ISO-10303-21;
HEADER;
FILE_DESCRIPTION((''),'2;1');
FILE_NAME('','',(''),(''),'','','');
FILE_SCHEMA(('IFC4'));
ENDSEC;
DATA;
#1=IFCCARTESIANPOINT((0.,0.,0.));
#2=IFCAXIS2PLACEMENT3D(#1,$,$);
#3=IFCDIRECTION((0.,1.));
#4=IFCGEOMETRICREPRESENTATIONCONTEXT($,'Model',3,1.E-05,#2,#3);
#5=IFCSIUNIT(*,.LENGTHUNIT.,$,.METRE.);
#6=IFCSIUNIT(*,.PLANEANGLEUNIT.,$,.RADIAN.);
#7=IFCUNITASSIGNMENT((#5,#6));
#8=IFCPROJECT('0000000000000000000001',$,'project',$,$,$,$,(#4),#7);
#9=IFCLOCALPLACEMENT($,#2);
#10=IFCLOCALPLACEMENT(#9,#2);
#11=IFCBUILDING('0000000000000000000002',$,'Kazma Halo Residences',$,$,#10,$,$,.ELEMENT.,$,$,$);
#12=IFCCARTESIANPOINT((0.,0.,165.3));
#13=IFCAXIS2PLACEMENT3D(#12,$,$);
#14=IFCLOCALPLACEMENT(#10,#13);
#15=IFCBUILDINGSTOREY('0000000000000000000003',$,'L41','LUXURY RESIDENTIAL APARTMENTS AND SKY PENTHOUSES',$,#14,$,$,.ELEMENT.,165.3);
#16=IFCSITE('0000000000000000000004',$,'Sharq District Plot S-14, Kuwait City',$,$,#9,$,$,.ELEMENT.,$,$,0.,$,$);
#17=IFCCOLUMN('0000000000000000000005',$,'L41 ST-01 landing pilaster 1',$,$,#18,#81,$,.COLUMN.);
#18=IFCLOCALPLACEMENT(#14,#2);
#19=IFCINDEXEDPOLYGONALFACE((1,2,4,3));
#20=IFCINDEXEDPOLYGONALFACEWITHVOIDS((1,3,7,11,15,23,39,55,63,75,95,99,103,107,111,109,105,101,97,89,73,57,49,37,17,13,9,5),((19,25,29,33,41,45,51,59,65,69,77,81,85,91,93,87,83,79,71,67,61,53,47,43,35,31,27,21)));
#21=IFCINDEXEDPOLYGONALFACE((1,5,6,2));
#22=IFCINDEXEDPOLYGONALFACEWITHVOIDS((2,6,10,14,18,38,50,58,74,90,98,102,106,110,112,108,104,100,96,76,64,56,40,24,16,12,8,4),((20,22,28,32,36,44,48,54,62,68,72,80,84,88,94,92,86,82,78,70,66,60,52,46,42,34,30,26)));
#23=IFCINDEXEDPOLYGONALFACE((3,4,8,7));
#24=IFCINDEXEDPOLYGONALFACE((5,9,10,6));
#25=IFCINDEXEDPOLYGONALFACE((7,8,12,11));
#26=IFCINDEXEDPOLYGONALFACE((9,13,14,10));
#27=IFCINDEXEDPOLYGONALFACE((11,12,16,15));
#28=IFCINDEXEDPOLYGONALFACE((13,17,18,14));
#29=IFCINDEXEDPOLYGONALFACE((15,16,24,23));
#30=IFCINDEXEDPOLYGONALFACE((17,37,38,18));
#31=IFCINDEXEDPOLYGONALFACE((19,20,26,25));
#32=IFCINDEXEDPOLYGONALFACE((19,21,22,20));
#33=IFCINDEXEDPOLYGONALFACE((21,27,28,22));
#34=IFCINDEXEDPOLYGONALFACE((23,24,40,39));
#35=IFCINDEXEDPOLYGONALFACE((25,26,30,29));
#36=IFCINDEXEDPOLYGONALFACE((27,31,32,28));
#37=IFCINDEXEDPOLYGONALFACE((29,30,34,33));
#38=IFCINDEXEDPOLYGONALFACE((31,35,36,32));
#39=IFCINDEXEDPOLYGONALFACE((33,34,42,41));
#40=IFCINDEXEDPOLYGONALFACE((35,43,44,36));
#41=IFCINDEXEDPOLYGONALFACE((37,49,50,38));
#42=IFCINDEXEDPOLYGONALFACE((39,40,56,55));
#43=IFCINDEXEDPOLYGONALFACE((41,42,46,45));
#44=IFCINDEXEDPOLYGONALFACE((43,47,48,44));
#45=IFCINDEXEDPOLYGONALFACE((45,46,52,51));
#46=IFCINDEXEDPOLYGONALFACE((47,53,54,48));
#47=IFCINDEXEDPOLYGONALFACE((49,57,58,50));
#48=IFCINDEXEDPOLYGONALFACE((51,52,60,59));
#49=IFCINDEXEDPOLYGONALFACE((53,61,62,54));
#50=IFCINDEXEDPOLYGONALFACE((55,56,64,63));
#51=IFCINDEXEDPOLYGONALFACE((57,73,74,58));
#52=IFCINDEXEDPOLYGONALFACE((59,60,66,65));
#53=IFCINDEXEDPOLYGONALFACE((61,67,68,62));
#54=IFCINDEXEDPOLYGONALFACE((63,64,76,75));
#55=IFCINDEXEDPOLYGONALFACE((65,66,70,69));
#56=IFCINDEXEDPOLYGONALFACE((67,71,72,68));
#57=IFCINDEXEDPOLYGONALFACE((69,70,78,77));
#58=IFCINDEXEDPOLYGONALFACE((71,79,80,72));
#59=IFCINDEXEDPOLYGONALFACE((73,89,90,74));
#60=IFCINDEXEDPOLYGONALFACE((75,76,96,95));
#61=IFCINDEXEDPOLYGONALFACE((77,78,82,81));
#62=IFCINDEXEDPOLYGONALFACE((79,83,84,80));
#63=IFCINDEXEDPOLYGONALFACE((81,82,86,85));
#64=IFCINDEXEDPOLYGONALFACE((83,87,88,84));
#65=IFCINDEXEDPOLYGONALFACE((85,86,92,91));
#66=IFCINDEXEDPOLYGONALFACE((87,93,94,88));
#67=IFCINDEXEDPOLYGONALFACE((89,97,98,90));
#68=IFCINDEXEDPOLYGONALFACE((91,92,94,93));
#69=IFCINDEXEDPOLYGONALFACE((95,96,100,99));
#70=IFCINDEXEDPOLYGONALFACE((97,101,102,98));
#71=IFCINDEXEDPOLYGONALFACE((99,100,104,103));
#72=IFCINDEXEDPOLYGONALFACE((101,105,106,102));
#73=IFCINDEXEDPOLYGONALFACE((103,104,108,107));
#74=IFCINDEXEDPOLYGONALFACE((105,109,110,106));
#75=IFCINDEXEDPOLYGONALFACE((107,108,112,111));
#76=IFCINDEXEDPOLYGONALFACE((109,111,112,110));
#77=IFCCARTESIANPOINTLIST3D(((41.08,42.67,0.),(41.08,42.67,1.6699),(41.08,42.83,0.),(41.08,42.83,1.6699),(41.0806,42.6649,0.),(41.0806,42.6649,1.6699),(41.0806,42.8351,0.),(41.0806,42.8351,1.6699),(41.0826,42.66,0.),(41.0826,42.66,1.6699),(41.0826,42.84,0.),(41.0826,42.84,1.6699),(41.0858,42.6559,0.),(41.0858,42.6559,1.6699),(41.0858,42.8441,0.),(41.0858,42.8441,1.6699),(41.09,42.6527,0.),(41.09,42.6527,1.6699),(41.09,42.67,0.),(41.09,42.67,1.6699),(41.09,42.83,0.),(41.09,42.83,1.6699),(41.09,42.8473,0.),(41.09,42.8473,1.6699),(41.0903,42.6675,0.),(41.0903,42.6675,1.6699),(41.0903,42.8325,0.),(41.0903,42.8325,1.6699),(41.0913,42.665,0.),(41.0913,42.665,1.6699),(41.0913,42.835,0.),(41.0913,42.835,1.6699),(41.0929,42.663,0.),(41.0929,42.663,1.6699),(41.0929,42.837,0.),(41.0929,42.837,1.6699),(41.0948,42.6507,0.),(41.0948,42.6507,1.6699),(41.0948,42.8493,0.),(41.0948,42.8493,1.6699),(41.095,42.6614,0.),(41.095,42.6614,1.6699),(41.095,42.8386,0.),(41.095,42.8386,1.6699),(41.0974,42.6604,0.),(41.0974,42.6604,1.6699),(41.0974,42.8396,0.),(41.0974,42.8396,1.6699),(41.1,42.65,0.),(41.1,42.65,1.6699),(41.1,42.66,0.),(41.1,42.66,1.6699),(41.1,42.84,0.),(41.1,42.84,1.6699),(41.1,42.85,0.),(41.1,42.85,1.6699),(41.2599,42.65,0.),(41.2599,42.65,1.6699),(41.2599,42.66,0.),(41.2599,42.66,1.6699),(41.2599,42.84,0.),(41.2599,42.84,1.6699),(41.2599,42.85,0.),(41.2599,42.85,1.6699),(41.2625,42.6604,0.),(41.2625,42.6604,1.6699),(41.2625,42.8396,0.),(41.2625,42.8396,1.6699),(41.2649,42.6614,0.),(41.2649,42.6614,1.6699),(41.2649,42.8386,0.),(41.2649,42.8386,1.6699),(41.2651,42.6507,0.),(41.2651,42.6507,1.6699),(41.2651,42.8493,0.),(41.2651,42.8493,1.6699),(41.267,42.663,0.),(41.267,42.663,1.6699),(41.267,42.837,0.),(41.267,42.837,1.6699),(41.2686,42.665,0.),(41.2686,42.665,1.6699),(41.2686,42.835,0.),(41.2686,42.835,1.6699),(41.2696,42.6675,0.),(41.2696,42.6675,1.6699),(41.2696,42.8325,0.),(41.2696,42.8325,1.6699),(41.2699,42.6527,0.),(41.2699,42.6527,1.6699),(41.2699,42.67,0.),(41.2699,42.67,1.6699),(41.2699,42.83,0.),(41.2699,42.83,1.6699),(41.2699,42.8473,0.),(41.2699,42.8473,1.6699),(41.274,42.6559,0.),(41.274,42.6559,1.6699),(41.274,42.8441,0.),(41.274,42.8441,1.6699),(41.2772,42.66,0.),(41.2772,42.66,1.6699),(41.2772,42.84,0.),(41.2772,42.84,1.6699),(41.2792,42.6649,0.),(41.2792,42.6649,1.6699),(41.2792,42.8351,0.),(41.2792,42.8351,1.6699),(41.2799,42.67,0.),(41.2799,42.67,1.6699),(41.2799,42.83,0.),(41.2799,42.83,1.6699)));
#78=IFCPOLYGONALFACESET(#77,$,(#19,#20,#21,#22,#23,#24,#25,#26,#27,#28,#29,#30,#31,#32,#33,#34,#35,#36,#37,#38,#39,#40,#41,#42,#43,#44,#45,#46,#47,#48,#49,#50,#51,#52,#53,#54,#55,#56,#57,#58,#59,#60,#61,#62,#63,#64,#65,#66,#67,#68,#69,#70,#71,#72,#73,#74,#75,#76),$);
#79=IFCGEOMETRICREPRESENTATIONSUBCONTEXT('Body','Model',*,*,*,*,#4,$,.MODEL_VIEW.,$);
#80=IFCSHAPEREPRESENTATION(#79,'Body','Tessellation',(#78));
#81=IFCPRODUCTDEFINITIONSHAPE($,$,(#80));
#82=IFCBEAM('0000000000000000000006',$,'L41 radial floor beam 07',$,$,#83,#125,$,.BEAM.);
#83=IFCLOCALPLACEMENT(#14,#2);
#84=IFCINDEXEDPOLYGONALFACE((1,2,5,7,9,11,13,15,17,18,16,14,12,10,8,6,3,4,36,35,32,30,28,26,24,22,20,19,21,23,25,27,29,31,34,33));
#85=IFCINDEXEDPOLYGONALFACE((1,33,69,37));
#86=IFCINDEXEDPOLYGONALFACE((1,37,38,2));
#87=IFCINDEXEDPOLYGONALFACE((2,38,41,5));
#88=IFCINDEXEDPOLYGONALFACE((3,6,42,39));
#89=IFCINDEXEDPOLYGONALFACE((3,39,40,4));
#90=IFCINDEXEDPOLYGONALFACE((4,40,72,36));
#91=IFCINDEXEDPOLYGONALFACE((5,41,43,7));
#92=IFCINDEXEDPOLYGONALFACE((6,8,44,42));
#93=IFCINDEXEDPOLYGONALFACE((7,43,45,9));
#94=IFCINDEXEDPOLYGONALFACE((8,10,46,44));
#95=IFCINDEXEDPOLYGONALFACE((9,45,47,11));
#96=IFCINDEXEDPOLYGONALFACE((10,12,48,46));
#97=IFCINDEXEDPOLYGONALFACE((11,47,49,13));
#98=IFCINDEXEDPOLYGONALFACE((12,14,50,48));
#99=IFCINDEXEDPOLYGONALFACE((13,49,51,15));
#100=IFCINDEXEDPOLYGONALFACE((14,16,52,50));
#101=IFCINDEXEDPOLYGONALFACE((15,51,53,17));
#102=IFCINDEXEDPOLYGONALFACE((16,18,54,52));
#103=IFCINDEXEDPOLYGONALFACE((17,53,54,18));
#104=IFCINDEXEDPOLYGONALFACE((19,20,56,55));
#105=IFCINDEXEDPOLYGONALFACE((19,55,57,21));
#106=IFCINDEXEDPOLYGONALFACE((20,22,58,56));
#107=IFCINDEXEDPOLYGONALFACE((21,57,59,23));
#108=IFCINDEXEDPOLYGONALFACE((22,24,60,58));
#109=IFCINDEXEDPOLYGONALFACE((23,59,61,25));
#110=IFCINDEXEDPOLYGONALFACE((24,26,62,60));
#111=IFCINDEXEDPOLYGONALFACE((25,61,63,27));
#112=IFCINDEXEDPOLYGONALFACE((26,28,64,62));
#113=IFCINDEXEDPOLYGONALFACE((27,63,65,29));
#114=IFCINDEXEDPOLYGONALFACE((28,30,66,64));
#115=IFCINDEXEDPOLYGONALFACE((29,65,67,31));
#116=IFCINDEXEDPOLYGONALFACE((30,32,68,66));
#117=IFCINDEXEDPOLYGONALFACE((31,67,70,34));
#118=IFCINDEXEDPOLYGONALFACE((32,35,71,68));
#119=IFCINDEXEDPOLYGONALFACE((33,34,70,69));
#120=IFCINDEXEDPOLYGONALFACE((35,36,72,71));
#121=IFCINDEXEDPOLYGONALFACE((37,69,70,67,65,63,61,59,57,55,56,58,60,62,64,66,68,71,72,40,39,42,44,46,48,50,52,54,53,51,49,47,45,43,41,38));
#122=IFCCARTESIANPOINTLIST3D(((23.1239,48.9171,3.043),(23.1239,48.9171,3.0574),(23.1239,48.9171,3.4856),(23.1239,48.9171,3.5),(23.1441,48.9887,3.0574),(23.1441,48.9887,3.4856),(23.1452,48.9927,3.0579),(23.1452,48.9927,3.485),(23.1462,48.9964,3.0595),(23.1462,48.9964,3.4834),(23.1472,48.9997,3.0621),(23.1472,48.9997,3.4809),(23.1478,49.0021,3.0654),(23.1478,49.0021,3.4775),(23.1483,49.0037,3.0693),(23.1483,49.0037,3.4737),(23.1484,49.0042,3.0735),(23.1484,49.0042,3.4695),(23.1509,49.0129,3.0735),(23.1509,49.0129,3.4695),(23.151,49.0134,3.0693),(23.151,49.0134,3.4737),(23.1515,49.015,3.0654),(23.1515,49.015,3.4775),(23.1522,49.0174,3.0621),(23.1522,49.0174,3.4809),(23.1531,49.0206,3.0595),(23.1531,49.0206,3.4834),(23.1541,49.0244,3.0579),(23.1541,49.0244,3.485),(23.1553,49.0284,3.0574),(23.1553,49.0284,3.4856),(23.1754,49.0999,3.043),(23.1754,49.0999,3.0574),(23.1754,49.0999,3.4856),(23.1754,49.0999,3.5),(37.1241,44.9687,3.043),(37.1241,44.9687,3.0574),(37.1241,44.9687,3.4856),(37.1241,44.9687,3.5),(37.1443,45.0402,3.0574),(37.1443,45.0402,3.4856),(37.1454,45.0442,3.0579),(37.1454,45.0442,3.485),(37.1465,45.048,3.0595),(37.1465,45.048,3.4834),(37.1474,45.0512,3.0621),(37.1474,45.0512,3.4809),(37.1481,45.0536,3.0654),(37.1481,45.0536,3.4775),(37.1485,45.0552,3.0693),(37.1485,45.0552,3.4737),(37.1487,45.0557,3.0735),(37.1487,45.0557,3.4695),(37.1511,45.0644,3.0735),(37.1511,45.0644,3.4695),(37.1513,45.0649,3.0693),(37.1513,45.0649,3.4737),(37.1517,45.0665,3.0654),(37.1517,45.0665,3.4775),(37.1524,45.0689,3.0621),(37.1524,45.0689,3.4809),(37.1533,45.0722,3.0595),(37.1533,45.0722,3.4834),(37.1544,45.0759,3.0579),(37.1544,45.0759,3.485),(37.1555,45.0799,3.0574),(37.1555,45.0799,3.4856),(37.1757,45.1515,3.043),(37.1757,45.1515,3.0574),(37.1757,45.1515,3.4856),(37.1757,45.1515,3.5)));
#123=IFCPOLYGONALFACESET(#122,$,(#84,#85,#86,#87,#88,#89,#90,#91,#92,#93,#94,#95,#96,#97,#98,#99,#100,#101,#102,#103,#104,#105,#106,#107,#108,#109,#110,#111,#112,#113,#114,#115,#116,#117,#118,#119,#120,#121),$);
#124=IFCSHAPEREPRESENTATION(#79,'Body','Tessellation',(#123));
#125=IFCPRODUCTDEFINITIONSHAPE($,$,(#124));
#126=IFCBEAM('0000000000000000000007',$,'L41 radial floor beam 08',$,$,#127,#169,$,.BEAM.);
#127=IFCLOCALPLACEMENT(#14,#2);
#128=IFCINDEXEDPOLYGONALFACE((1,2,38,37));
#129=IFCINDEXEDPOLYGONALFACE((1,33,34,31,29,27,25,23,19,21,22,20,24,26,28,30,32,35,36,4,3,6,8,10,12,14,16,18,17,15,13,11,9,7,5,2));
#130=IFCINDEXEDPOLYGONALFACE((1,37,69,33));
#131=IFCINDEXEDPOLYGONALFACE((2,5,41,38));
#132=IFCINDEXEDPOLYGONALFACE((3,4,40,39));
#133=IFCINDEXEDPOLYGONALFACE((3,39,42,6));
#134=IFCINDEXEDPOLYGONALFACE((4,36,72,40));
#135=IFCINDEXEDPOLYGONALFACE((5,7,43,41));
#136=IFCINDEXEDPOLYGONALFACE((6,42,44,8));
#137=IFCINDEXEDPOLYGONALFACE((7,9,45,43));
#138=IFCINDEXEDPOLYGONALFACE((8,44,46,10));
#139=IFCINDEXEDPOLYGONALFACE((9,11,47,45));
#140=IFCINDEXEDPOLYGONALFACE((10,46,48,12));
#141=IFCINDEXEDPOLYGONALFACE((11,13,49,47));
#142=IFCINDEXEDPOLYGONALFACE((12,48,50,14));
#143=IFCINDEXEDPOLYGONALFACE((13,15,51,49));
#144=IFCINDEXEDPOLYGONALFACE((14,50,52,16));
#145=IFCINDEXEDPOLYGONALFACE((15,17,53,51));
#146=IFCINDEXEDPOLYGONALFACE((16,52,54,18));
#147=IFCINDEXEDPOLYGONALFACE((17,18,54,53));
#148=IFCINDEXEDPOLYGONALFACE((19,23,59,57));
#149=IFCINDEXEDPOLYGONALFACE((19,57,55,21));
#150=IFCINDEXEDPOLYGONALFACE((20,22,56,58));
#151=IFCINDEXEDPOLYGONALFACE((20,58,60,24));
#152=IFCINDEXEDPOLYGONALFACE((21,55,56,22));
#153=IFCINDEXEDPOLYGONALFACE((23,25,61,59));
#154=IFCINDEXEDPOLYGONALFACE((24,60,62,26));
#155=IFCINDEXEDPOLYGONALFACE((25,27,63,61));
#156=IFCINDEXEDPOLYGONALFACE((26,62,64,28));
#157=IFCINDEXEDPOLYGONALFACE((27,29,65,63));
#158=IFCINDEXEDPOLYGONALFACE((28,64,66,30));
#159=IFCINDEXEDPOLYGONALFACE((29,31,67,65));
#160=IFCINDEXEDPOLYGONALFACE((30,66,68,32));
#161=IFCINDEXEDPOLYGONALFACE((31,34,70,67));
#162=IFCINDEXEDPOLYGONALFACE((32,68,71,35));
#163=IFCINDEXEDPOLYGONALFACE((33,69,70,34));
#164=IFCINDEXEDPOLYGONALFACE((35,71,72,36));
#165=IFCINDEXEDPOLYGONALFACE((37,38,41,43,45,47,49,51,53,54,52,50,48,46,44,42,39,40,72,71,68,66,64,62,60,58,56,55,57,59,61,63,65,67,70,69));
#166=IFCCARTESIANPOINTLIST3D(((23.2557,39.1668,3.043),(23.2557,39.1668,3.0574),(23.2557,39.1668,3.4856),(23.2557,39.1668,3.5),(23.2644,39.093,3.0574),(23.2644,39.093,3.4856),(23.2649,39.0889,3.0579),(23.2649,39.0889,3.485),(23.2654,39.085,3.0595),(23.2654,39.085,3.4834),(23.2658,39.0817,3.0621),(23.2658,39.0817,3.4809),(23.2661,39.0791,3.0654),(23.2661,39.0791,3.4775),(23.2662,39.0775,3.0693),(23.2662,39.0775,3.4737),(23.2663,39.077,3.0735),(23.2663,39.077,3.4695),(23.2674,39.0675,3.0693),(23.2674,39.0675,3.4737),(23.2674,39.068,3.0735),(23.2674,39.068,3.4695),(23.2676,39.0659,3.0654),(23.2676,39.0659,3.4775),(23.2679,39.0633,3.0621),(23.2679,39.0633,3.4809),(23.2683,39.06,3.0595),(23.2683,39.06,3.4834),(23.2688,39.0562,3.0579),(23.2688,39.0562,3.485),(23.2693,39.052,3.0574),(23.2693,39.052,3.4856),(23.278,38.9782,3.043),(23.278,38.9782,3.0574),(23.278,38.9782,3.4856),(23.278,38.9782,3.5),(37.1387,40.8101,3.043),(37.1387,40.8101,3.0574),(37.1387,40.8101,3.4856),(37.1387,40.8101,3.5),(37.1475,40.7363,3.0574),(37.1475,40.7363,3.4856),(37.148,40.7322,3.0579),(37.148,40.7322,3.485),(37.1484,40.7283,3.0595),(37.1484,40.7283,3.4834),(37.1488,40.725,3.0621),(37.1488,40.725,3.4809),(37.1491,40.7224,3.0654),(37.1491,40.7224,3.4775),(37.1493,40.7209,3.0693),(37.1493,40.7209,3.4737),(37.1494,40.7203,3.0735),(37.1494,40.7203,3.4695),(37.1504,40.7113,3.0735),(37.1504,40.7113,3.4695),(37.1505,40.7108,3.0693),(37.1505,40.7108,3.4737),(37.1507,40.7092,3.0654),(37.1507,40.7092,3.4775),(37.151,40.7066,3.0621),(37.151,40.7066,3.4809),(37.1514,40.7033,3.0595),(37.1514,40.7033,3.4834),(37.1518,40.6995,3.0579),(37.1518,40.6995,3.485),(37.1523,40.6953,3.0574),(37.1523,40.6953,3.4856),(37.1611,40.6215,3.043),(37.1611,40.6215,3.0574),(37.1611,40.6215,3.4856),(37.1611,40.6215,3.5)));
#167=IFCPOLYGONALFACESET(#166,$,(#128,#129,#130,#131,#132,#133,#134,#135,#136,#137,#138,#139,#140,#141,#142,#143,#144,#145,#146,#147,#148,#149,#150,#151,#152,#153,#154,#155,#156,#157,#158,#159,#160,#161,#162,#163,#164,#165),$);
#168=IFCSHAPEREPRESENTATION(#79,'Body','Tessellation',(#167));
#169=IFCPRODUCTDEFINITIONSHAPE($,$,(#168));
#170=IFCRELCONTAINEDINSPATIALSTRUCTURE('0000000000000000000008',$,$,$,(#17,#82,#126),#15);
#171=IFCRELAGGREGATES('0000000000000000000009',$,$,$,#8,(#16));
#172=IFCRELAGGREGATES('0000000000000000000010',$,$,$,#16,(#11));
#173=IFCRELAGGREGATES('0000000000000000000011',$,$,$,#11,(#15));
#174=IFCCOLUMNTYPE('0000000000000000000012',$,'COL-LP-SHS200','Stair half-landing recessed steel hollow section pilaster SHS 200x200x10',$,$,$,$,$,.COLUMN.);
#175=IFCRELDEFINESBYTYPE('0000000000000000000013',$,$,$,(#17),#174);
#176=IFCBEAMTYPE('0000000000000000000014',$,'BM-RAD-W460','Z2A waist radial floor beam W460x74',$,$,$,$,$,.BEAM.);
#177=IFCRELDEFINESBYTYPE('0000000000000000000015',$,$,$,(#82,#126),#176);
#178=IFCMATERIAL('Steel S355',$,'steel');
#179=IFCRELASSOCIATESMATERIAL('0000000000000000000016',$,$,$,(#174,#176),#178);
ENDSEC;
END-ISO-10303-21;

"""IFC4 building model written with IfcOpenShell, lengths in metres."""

from ifc_helpers import new_model, si_unit, direction, frame, origin, origin_2d, place, context, subcontext, project, spatial, hollow_rectangle, i_section, extrude, material, material_profile, profile_set, type_object, element, save


model = new_model("IFC4")

# Units and contexts
model_context = context("Model", 3, precision=1e-05, world=origin(), true_north=direction((0.0, 1.0)))
body_context = subcontext(model_context, "Body", "Model", "MODEL_VIEW")
ifc_project = project(units=[si_unit("LENGTHUNIT", "METRE"), si_unit("PLANEANGLEUNIT", "RADIAN")], contexts=[model_context])

# Site, building, storey
site_placement = place(None, origin())
site = spatial("IfcSite", under=ifc_project, at=site_placement, Name="Sharq District Plot S-14, Kuwait City", CompositionType="ELEMENT", RefElevation=0.0)
building_placement = place(site_placement, origin())
building = spatial("IfcBuilding", under=site, at=building_placement, Name="Kazma Halo Residences", CompositionType="ELEMENT")
storey_placement = place(building_placement, frame((0.0, 0.0, 165.3)))
storey = spatial("IfcBuildingStorey", under=building, at=storey_placement, Name="L41", Description="LUXURY RESIDENTIAL APARTMENTS AND SKY PENTHOUSES", CompositionType="ELEMENT", Elevation=165.3)

# Column
ifc_material_1 = material(Name="Steel S355", Category="steel")
ifc_material_profile_1 = material_profile(ifc_material_1, hollow_rectangle(XDim=0.2, YDim=0.2, WallThickness=0.01, InnerFilletRadius=0.01, OuterFilletRadius=0.02, at=origin_2d()), Name="SHS200x200x10")
ifc_profile_set_1 = profile_set([ifc_material_profile_1], Name="Steel S355")
column_type = type_object("IfcColumnType", Name="COL-LP-SHS200", Description="Stair half-landing recessed steel hollow section pilaster SHS 200x200x10", PredefinedType="COLUMN", material=ifc_profile_set_1)
column_placement = place(storey_placement, frame((41.1799, 42.75, 0.0), z_axis=(0.0, 0.0, 1.0), x_axis=(1.0, 0.0, 0.0)))
element("IfcColumn", 1, at=column_placement, inside=storey, type_object=column_type, Name="L41 ST-01 landing pilaster 1", PredefinedType="COLUMN", context=body_context, shape_type="SweptSolid", body=[
    extrude(hollow_rectangle(XDim=0.2, YDim=0.2, WallThickness=0.01, InnerFilletRadius=0.01, OuterFilletRadius=0.02, at=origin_2d()), origin(), (0.0, 0.0, 1.0), 1.6699),
])

# Beams
ifc_material_profile_2 = material_profile(ifc_material_1, i_section(OverallWidth=0.1899, OverallDepth=0.457, WebThickness=0.009, FlangeThickness=0.0144, FilletRadius=0.0161, at=origin_2d()), Name="W460x74")
ifc_profile_set_2 = profile_set([ifc_material_profile_2], Name="Steel S355")
beam_type_1 = type_object("IfcBeamType", Name="BM-RAD-W460", Description="Z2A waist radial floor beam W460x74", PredefinedType="BEAM", material=ifc_profile_set_2)
beam_1_placement = place(storey_placement, frame((37.1499, 45.0601, 3.2715), z_axis=(-0.962455, 0.271441, 0.0), x_axis=(-0.271441, -0.962455, 0.0)))
element("IfcBeam", 2, at=beam_1_placement, inside=storey, type_object=beam_type_1, Name="L41 radial floor beam 07", PredefinedType="BEAM", context=body_context, shape_type="SweptSolid", body=[
    extrude(i_section(OverallWidth=0.1899, OverallDepth=0.457, WebThickness=0.009, FlangeThickness=0.0144, FilletRadius=0.0161, at=origin_2d()), origin(), (0.0, 0.0, 1.0), 14.5464),
])
beam_2_placement = place(storey_placement, frame((37.1499, 40.7158, 3.2715), z_axis=(-0.993067, -0.117547, 0.0), x_axis=(0.117547, -0.993067, 0.0)))
element("IfcBeam", 3, at=beam_2_placement, inside=storey, type_object=beam_type_1, Name="L41 radial floor beam 08", PredefinedType="BEAM", context=body_context, shape_type="SweptSolid", body=[
    extrude(i_section(OverallWidth=0.1899, OverallDepth=0.457, WebThickness=0.009, FlangeThickness=0.0144, FilletRadius=0.0161, at=origin_2d()), origin(), (0.0, 0.0, 1.0), 13.98),
])

save(model, "model.ifc")
